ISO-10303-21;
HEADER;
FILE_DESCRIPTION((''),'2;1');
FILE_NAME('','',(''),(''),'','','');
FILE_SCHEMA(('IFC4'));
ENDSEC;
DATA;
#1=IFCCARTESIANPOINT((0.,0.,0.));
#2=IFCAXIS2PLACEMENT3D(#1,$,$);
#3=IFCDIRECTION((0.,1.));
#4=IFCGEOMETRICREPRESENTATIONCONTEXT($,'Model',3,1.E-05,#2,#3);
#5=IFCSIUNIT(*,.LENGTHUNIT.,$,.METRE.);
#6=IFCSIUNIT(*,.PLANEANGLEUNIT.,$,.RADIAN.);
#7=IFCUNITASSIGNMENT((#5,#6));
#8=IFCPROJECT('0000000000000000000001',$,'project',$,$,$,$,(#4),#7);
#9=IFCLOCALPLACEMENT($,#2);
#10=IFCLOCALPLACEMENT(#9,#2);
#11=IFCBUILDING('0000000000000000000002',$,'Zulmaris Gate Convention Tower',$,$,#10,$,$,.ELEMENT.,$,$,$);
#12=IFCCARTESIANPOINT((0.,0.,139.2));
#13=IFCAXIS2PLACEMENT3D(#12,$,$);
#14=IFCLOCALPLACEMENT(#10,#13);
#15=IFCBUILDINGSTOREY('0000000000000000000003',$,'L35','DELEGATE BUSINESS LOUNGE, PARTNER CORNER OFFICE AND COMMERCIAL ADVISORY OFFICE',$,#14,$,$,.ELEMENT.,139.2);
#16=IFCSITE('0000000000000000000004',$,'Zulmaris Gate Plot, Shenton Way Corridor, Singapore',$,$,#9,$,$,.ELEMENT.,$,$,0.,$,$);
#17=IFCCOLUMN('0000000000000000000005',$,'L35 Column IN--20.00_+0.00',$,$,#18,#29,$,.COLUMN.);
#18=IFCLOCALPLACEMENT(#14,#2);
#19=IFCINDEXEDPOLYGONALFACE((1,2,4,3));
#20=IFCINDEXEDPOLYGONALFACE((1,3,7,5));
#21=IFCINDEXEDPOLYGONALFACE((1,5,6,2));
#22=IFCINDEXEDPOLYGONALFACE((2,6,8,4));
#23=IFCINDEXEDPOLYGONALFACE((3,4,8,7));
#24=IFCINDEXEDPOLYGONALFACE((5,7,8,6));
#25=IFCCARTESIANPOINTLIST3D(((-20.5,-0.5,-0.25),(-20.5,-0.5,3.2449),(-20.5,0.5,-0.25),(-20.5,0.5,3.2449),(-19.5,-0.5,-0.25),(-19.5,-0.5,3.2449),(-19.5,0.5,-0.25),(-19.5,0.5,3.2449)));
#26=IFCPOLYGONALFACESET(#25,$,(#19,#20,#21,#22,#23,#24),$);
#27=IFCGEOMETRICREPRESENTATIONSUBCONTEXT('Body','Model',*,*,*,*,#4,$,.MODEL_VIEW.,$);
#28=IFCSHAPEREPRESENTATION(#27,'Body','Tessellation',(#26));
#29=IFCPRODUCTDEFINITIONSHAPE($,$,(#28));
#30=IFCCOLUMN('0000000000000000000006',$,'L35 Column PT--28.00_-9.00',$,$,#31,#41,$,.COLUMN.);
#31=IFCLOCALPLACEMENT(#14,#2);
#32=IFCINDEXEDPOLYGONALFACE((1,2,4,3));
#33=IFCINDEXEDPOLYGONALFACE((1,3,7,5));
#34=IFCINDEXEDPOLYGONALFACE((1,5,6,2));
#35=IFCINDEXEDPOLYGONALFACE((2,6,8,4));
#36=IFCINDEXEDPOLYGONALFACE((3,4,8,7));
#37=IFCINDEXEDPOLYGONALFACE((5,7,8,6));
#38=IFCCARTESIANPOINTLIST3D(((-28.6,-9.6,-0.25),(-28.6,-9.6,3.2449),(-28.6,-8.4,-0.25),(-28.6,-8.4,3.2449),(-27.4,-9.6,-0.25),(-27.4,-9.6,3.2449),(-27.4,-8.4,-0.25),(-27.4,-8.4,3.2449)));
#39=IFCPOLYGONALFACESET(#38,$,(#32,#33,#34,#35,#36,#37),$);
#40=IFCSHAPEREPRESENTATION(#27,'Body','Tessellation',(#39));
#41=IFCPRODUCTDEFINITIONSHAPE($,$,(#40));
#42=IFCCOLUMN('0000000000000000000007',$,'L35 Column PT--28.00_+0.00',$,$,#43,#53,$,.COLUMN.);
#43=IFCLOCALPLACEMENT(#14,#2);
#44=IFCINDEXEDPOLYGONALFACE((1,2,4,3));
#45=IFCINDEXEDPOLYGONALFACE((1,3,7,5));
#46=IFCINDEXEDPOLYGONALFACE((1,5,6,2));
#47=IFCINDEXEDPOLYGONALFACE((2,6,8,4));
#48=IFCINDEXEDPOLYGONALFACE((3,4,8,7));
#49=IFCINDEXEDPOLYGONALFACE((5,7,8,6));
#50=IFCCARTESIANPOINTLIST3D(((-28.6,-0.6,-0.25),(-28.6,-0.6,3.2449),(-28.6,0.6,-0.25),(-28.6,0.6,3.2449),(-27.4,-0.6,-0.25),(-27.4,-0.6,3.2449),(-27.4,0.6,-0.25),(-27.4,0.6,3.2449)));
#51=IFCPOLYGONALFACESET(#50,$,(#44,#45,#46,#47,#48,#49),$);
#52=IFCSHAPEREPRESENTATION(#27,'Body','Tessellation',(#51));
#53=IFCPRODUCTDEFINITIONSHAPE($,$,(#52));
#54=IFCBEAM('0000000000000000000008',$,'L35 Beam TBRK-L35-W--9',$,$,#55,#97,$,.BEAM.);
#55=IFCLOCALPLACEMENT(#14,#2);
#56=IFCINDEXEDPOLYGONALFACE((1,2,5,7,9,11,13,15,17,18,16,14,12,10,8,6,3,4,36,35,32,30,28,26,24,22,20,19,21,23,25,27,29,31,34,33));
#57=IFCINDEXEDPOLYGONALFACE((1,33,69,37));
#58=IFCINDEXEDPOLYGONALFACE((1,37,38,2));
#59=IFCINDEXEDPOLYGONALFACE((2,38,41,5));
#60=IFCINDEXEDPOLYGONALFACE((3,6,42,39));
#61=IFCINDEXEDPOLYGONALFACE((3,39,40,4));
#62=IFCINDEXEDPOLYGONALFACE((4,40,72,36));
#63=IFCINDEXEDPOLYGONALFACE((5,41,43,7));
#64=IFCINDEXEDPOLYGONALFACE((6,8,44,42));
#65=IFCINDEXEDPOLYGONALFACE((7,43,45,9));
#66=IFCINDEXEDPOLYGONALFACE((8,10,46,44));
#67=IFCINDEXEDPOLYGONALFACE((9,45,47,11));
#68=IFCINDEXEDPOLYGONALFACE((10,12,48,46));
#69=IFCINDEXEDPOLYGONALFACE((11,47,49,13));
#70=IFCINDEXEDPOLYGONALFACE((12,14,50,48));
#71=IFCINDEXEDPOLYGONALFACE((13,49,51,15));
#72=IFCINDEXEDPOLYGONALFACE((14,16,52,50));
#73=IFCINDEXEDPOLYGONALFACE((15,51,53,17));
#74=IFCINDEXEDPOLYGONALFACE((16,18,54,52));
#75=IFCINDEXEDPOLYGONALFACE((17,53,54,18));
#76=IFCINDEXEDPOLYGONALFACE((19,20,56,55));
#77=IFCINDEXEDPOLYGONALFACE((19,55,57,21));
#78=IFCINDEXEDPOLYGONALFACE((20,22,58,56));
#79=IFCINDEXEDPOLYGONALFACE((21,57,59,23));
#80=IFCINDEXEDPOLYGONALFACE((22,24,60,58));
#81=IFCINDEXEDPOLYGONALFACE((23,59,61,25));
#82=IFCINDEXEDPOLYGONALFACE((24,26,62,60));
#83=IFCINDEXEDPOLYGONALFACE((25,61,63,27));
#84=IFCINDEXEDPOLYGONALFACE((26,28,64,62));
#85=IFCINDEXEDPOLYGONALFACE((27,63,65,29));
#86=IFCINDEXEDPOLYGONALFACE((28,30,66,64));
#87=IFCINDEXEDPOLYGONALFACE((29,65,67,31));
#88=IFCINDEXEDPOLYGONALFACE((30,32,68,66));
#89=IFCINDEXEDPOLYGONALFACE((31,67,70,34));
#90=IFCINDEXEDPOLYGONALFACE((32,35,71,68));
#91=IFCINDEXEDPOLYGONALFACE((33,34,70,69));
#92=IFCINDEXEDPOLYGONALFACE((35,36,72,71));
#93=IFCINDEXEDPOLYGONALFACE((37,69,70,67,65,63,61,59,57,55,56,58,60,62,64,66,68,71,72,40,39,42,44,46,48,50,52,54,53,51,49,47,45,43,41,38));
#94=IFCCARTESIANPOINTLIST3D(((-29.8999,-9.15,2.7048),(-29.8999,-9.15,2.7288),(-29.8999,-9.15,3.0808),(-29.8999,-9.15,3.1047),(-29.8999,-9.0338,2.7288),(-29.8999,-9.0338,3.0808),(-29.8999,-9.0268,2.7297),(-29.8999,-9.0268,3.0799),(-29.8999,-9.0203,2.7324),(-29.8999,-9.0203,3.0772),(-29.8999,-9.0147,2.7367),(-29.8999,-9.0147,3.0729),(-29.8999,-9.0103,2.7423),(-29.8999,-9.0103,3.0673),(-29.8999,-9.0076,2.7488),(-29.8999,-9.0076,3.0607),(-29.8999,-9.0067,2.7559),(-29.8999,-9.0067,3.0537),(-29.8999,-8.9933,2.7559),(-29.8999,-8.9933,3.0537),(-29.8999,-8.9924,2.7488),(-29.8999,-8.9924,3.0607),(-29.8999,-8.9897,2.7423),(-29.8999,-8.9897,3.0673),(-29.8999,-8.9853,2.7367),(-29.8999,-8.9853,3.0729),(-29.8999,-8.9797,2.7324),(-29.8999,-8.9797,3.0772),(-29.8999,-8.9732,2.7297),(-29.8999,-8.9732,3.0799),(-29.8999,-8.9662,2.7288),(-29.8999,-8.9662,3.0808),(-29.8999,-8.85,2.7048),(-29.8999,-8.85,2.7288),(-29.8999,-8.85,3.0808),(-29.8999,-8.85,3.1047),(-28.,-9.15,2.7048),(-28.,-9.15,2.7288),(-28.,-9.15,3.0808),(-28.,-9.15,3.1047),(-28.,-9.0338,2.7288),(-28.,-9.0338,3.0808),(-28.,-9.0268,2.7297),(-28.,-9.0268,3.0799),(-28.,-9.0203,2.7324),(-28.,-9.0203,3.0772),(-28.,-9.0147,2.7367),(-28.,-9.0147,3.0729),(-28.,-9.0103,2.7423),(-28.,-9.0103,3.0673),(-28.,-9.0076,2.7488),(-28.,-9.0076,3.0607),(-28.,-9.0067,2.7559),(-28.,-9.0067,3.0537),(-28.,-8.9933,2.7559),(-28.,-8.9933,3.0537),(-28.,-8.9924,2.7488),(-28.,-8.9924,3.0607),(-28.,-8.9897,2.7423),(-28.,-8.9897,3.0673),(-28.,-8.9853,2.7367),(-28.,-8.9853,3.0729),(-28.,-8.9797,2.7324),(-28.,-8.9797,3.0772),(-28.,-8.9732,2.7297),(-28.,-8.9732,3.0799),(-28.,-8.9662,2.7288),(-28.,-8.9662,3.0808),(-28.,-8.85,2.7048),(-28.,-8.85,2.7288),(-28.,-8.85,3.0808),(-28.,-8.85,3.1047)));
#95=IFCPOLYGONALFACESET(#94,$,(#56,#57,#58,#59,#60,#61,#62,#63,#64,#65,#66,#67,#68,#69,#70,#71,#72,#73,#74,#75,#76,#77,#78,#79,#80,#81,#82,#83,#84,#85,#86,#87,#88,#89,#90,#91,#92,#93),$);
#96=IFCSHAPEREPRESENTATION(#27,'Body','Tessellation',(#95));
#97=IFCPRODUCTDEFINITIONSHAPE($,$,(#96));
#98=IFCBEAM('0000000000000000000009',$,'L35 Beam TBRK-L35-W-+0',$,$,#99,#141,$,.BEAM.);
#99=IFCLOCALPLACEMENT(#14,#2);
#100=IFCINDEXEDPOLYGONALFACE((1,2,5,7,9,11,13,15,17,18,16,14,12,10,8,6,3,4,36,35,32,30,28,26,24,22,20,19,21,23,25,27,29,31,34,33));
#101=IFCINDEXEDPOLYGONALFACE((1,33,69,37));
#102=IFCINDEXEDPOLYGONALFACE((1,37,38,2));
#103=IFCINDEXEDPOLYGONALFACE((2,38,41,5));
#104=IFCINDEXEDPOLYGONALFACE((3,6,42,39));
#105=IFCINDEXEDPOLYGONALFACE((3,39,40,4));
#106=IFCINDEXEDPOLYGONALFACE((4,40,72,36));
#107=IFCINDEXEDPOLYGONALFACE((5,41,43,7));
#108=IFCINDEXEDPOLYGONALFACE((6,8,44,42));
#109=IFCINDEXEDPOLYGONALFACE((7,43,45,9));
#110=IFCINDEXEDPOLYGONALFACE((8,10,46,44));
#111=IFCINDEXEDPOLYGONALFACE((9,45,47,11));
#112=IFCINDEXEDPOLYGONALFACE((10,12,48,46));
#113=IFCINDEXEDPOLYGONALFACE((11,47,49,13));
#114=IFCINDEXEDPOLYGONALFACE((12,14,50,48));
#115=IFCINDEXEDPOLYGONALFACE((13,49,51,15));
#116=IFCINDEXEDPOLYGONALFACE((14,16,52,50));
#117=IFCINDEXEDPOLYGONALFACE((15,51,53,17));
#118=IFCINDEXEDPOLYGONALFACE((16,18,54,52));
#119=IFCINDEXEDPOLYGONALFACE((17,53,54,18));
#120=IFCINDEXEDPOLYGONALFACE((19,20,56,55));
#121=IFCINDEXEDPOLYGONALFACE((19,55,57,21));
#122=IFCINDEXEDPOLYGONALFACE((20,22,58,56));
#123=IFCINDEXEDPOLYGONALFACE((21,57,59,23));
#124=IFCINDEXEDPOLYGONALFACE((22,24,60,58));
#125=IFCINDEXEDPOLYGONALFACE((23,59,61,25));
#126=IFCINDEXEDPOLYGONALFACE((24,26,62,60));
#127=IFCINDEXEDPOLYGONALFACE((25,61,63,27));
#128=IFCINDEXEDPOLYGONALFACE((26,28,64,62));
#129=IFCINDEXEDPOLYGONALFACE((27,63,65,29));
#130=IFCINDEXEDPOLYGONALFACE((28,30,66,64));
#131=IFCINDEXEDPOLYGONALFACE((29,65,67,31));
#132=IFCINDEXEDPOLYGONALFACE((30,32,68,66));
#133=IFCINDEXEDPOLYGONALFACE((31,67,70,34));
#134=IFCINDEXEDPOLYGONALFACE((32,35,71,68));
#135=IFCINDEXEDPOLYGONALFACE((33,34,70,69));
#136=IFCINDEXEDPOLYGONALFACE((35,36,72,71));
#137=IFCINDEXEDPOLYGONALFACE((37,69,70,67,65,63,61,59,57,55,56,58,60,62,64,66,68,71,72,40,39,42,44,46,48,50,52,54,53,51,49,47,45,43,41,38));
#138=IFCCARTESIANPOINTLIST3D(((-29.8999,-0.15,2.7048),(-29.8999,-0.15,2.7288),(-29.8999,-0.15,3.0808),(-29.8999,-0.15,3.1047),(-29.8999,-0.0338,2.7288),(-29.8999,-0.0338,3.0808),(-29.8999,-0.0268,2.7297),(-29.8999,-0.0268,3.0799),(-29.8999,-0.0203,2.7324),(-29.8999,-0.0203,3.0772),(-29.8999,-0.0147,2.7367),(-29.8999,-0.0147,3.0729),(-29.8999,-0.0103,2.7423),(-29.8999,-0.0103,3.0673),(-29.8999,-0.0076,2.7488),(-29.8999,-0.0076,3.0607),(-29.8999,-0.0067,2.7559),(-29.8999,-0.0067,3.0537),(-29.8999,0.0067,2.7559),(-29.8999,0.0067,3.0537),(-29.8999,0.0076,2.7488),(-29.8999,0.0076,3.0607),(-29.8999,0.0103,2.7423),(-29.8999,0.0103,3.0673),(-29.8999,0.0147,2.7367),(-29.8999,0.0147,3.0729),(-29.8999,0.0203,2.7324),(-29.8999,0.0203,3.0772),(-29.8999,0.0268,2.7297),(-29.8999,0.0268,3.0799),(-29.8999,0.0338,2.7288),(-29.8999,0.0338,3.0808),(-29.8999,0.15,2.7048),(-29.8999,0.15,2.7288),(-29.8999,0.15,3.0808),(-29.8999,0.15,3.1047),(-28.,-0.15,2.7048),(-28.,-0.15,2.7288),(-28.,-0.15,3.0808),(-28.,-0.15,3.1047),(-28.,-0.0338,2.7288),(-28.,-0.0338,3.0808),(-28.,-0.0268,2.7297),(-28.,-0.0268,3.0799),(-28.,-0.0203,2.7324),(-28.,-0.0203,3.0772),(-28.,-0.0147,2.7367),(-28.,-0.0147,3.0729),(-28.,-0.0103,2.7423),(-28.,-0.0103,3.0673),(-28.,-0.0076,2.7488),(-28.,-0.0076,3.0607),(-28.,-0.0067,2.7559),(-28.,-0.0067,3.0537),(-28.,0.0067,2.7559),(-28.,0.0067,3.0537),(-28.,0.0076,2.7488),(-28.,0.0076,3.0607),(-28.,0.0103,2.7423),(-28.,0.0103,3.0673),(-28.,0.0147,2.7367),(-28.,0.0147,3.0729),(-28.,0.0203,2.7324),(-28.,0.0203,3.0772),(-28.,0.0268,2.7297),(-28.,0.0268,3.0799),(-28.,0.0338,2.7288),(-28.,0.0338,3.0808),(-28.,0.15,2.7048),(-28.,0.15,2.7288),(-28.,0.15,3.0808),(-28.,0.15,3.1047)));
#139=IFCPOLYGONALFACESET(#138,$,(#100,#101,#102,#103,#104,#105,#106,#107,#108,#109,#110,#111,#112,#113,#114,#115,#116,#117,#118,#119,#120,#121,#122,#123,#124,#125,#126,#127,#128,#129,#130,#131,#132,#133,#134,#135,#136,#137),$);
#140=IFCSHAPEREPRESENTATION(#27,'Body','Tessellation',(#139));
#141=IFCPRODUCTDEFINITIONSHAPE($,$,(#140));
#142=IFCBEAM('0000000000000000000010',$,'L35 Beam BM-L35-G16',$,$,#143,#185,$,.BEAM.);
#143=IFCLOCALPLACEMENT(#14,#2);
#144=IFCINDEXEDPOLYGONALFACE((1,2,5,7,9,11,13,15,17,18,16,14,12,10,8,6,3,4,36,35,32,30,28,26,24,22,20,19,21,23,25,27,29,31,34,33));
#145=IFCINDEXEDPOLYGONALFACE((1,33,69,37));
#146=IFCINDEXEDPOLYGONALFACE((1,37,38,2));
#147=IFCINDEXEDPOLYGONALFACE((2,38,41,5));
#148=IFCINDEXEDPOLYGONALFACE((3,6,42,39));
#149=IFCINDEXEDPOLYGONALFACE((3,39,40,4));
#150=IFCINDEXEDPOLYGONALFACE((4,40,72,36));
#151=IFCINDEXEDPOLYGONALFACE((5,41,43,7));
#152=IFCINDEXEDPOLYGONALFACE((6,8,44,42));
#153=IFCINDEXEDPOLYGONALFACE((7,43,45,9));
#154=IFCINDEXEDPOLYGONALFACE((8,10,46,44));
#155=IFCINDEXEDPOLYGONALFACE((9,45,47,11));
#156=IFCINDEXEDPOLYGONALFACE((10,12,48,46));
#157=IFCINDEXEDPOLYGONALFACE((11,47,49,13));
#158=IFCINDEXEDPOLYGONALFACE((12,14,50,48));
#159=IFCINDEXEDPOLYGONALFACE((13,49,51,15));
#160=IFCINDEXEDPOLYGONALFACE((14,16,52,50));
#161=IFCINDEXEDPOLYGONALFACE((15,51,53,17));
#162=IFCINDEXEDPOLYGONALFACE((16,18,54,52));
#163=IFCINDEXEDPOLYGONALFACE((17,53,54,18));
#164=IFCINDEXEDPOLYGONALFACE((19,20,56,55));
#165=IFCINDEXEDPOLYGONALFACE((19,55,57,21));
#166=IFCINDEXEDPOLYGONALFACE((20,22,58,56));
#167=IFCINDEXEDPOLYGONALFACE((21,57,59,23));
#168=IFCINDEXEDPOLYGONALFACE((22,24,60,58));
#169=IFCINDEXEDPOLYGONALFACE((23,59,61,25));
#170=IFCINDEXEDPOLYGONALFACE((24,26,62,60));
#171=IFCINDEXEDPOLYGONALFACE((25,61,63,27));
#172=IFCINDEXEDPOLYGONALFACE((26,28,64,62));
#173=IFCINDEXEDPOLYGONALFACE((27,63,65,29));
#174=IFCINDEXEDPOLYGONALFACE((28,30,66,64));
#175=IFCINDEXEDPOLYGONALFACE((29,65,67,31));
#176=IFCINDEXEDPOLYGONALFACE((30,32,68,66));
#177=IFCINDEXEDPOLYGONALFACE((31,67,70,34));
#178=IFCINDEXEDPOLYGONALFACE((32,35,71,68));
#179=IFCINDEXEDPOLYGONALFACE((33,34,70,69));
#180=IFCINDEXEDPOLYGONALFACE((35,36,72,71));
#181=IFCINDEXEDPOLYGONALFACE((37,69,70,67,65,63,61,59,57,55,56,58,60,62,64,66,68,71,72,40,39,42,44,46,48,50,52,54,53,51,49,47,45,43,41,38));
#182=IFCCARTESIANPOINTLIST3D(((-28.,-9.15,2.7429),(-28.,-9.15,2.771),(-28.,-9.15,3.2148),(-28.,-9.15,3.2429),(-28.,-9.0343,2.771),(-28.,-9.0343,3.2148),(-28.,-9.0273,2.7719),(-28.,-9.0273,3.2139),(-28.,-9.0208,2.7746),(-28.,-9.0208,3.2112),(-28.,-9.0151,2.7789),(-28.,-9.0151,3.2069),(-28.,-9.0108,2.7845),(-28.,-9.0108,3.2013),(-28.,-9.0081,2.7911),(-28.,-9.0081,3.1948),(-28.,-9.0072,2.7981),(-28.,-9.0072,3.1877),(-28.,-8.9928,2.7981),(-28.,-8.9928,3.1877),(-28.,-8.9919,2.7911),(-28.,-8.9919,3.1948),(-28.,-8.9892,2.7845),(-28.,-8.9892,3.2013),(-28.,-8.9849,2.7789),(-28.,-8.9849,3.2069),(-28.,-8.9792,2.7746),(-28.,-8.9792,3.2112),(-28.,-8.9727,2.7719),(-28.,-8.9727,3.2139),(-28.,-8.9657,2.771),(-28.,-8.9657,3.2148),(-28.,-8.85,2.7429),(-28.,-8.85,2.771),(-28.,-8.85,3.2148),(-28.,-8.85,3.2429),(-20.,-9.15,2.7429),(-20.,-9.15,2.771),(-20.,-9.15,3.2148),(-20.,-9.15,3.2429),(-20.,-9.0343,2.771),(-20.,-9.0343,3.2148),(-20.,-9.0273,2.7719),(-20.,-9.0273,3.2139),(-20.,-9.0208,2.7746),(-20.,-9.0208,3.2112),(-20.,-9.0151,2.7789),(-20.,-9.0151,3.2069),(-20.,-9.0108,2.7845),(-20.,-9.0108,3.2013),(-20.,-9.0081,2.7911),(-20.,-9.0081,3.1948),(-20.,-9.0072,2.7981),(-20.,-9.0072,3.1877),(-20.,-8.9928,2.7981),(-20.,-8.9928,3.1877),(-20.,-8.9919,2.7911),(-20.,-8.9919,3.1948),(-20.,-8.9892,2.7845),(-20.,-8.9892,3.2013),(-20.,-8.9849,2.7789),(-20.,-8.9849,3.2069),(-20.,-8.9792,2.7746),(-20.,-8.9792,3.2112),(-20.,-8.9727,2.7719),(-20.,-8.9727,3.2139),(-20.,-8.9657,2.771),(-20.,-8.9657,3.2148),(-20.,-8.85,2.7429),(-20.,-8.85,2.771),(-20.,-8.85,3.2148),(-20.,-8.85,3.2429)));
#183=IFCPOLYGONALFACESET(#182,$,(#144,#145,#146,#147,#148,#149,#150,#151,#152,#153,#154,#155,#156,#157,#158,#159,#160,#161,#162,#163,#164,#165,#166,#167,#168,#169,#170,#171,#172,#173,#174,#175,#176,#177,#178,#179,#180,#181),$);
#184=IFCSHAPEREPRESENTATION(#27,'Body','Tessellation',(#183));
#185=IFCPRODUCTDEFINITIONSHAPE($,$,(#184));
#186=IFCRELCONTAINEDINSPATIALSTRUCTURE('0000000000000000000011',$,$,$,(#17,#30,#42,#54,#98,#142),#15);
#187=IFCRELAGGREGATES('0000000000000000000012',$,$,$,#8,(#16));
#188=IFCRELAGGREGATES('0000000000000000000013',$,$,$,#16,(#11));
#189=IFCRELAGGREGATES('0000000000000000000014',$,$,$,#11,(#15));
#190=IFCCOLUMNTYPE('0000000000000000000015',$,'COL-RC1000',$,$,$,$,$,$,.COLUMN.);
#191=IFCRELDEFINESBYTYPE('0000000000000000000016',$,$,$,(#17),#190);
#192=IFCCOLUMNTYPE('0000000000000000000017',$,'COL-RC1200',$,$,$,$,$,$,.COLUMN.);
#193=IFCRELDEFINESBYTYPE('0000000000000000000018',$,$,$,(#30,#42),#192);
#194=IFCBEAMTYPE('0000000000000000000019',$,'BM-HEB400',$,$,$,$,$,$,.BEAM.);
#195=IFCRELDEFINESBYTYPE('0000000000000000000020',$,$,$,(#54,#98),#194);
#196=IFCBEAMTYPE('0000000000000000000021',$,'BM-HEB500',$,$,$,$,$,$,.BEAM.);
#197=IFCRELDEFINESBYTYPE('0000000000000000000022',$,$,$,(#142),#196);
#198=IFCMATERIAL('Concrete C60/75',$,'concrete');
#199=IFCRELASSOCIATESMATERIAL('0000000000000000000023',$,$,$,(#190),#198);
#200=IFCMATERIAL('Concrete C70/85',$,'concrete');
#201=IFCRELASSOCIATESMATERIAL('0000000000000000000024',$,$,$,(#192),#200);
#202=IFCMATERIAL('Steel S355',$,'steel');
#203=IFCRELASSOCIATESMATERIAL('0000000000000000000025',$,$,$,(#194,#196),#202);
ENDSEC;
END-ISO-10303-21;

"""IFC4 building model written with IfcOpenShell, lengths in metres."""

from ifc_helpers import new_model, si_unit, direction, frame, origin, origin_2d, place, context, subcontext, project, spatial, rectangle, i_section, extrude, material, material_profile, profile_set, type_object, element, save


model = new_model("IFC4")

# Units and contexts
model_context = context("Model", 3, precision=1e-05, world=origin(), true_north=direction((0.0, 1.0)))
body_context = subcontext(model_context, "Body", "Model", "MODEL_VIEW")
ifc_project = project(units=[si_unit("LENGTHUNIT", "METRE"), si_unit("PLANEANGLEUNIT", "RADIAN")], contexts=[model_context])

# Site, building, storey
site_placement = place(None, origin())
site = spatial("IfcSite", under=ifc_project, at=site_placement, Name="Zulmaris Gate Plot, Shenton Way Corridor, Singapore", CompositionType="ELEMENT", RefElevation=0.0)
building_placement = place(site_placement, origin())
building = spatial("IfcBuilding", under=site, at=building_placement, Name="Zulmaris Gate Convention Tower", CompositionType="ELEMENT")
storey_placement = place(building_placement, frame((0.0, 0.0, 139.2)))
storey = spatial("IfcBuildingStorey", under=building, at=storey_placement, Name="L35", Description="DELEGATE BUSINESS LOUNGE, PARTNER CORNER OFFICE AND COMMERCIAL ADVISORY OFFICE", CompositionType="ELEMENT", Elevation=139.2)

# Columns
ifc_material_1 = material(Name="Concrete C60/75", Category="concrete")
ifc_material_profile_1 = material_profile(ifc_material_1, rectangle(XDim=1.0, YDim=1.0, at=origin_2d()), Name="RC COL 1000x1000")
ifc_profile_set_1 = profile_set([ifc_material_profile_1], Name="Concrete C60/75")
column_type_1 = type_object("IfcColumnType", Name="COL-RC1000", PredefinedType="COLUMN", material=ifc_profile_set_1)
column_placement = place(storey_placement, frame((-20.0, 0.0, -0.25), z_axis=(0.0, 0.0, 1.0), x_axis=(1.0, 0.0, 0.0)))
element("IfcColumn", 1, at=column_placement, inside=storey, type_object=column_type_1, Name="L35 Column IN--20.00_+0.00", PredefinedType="COLUMN", context=body_context, shape_type="SweptSolid", body=[
    extrude(rectangle(XDim=1.0, YDim=1.0, at=origin_2d()), origin(), (0.0, 0.0, 1.0), 3.4949),
])
ifc_material_2 = material(Name="Concrete C70/85", Category="concrete")
ifc_material_profile_2 = material_profile(ifc_material_2, rectangle(XDim=1.2, YDim=1.2, at=origin_2d()), Name="RC COL 1200x1200")
ifc_profile_set_2 = profile_set([ifc_material_profile_2], Name="Concrete C70/85")
column_type_2 = type_object("IfcColumnType", Name="COL-RC1200", PredefinedType="COLUMN", material=ifc_profile_set_2)
for number, where, z_axis, x_axis, name in (
    (2, (-28.0, -9.0, -0.25), (0.0, 0.0, 1.0), (1.0, 0.0, 0.0), "L35 Column PT--28.00_-9.00"),
    (3, (-28.0, 0.0, -0.25), (0.0, 0.0, 1.0), (1.0, 0.0, 0.0), "L35 Column PT--28.00_+0.00"),
):
    element("IfcColumn", number, at=place(storey_placement, frame(where, z_axis=z_axis, x_axis=x_axis)), inside=storey, type_object=column_type_2, Name=name, PredefinedType="COLUMN", context=body_context, shape_type="SweptSolid", body=[
        extrude(rectangle(XDim=1.2, YDim=1.2, at=origin_2d()), origin(), (0.0, 0.0, 1.0), 3.4949),
    ])

# Beams
ifc_material_3 = material(Name="Steel S355", Category="steel")
ifc_material_profile_3 = material_profile(ifc_material_3, i_section(OverallWidth=0.3, OverallDepth=0.3999, WebThickness=0.0134, FlangeThickness=0.0239, FilletRadius=0.0271, at=origin_2d()), Name="HEB 400")
ifc_profile_set_3 = profile_set([ifc_material_profile_3], Name="Steel S355")
beam_type_1 = type_object("IfcBeamType", Name="BM-HEB400", PredefinedType="BEAM", material=ifc_profile_set_3)
for number, where, z_axis, x_axis, name in (
    (4, (-29.8999, -9.0, 2.9048), (1.0, 0.0, 0.0), (0.0, 1.0, 0.0), "L35 Beam TBRK-L35-W--9"),
    (5, (-29.8999, 0.0, 2.9048), (1.0, 0.0, 0.0), (0.0, 1.0, 0.0), "L35 Beam TBRK-L35-W-+0"),
):
    element("IfcBeam", number, at=place(storey_placement, frame(where, z_axis=z_axis, x_axis=x_axis)), inside=storey, type_object=beam_type_1, Name=name, PredefinedType="BEAM", context=body_context, shape_type="SweptSolid", body=[
        extrude(i_section(OverallWidth=0.3, OverallDepth=0.3999, WebThickness=0.0134, FlangeThickness=0.0239, FilletRadius=0.0271, at=origin_2d()), origin(), (0.0, 0.0, 1.0), 1.8999),
    ])
ifc_material_profile_4 = material_profile(ifc_material_3, i_section(OverallWidth=0.3, OverallDepth=0.5, WebThickness=0.0144, FlangeThickness=0.0281, FilletRadius=0.0271, at=origin_2d()), Name="HEB 500")
ifc_profile_set_4 = profile_set([ifc_material_profile_4], Name="Steel S355")
beam_type_2 = type_object("IfcBeamType", Name="BM-HEB500", PredefinedType="BEAM", material=ifc_profile_set_4)
for number, where, z_axis, x_axis, name in (
    (6, (-28.0, -9.0, 2.9929), (1.0, 0.0, 0.0), (0.0, 1.0, 0.0), "L35 Beam BM-L35-G16"),
):
    element("IfcBeam", number, at=place(storey_placement, frame(where, z_axis=z_axis, x_axis=x_axis)), inside=storey, type_object=beam_type_2, Name=name, PredefinedType="BEAM", context=body_context, shape_type="SweptSolid", body=[
        extrude(i_section(OverallWidth=0.3, OverallDepth=0.5, WebThickness=0.0144, FlangeThickness=0.0281, FilletRadius=0.0271, at=origin_2d()), origin(), (0.0, 0.0, 1.0), 8.0),
    ])

save(model, "model.ifc")
